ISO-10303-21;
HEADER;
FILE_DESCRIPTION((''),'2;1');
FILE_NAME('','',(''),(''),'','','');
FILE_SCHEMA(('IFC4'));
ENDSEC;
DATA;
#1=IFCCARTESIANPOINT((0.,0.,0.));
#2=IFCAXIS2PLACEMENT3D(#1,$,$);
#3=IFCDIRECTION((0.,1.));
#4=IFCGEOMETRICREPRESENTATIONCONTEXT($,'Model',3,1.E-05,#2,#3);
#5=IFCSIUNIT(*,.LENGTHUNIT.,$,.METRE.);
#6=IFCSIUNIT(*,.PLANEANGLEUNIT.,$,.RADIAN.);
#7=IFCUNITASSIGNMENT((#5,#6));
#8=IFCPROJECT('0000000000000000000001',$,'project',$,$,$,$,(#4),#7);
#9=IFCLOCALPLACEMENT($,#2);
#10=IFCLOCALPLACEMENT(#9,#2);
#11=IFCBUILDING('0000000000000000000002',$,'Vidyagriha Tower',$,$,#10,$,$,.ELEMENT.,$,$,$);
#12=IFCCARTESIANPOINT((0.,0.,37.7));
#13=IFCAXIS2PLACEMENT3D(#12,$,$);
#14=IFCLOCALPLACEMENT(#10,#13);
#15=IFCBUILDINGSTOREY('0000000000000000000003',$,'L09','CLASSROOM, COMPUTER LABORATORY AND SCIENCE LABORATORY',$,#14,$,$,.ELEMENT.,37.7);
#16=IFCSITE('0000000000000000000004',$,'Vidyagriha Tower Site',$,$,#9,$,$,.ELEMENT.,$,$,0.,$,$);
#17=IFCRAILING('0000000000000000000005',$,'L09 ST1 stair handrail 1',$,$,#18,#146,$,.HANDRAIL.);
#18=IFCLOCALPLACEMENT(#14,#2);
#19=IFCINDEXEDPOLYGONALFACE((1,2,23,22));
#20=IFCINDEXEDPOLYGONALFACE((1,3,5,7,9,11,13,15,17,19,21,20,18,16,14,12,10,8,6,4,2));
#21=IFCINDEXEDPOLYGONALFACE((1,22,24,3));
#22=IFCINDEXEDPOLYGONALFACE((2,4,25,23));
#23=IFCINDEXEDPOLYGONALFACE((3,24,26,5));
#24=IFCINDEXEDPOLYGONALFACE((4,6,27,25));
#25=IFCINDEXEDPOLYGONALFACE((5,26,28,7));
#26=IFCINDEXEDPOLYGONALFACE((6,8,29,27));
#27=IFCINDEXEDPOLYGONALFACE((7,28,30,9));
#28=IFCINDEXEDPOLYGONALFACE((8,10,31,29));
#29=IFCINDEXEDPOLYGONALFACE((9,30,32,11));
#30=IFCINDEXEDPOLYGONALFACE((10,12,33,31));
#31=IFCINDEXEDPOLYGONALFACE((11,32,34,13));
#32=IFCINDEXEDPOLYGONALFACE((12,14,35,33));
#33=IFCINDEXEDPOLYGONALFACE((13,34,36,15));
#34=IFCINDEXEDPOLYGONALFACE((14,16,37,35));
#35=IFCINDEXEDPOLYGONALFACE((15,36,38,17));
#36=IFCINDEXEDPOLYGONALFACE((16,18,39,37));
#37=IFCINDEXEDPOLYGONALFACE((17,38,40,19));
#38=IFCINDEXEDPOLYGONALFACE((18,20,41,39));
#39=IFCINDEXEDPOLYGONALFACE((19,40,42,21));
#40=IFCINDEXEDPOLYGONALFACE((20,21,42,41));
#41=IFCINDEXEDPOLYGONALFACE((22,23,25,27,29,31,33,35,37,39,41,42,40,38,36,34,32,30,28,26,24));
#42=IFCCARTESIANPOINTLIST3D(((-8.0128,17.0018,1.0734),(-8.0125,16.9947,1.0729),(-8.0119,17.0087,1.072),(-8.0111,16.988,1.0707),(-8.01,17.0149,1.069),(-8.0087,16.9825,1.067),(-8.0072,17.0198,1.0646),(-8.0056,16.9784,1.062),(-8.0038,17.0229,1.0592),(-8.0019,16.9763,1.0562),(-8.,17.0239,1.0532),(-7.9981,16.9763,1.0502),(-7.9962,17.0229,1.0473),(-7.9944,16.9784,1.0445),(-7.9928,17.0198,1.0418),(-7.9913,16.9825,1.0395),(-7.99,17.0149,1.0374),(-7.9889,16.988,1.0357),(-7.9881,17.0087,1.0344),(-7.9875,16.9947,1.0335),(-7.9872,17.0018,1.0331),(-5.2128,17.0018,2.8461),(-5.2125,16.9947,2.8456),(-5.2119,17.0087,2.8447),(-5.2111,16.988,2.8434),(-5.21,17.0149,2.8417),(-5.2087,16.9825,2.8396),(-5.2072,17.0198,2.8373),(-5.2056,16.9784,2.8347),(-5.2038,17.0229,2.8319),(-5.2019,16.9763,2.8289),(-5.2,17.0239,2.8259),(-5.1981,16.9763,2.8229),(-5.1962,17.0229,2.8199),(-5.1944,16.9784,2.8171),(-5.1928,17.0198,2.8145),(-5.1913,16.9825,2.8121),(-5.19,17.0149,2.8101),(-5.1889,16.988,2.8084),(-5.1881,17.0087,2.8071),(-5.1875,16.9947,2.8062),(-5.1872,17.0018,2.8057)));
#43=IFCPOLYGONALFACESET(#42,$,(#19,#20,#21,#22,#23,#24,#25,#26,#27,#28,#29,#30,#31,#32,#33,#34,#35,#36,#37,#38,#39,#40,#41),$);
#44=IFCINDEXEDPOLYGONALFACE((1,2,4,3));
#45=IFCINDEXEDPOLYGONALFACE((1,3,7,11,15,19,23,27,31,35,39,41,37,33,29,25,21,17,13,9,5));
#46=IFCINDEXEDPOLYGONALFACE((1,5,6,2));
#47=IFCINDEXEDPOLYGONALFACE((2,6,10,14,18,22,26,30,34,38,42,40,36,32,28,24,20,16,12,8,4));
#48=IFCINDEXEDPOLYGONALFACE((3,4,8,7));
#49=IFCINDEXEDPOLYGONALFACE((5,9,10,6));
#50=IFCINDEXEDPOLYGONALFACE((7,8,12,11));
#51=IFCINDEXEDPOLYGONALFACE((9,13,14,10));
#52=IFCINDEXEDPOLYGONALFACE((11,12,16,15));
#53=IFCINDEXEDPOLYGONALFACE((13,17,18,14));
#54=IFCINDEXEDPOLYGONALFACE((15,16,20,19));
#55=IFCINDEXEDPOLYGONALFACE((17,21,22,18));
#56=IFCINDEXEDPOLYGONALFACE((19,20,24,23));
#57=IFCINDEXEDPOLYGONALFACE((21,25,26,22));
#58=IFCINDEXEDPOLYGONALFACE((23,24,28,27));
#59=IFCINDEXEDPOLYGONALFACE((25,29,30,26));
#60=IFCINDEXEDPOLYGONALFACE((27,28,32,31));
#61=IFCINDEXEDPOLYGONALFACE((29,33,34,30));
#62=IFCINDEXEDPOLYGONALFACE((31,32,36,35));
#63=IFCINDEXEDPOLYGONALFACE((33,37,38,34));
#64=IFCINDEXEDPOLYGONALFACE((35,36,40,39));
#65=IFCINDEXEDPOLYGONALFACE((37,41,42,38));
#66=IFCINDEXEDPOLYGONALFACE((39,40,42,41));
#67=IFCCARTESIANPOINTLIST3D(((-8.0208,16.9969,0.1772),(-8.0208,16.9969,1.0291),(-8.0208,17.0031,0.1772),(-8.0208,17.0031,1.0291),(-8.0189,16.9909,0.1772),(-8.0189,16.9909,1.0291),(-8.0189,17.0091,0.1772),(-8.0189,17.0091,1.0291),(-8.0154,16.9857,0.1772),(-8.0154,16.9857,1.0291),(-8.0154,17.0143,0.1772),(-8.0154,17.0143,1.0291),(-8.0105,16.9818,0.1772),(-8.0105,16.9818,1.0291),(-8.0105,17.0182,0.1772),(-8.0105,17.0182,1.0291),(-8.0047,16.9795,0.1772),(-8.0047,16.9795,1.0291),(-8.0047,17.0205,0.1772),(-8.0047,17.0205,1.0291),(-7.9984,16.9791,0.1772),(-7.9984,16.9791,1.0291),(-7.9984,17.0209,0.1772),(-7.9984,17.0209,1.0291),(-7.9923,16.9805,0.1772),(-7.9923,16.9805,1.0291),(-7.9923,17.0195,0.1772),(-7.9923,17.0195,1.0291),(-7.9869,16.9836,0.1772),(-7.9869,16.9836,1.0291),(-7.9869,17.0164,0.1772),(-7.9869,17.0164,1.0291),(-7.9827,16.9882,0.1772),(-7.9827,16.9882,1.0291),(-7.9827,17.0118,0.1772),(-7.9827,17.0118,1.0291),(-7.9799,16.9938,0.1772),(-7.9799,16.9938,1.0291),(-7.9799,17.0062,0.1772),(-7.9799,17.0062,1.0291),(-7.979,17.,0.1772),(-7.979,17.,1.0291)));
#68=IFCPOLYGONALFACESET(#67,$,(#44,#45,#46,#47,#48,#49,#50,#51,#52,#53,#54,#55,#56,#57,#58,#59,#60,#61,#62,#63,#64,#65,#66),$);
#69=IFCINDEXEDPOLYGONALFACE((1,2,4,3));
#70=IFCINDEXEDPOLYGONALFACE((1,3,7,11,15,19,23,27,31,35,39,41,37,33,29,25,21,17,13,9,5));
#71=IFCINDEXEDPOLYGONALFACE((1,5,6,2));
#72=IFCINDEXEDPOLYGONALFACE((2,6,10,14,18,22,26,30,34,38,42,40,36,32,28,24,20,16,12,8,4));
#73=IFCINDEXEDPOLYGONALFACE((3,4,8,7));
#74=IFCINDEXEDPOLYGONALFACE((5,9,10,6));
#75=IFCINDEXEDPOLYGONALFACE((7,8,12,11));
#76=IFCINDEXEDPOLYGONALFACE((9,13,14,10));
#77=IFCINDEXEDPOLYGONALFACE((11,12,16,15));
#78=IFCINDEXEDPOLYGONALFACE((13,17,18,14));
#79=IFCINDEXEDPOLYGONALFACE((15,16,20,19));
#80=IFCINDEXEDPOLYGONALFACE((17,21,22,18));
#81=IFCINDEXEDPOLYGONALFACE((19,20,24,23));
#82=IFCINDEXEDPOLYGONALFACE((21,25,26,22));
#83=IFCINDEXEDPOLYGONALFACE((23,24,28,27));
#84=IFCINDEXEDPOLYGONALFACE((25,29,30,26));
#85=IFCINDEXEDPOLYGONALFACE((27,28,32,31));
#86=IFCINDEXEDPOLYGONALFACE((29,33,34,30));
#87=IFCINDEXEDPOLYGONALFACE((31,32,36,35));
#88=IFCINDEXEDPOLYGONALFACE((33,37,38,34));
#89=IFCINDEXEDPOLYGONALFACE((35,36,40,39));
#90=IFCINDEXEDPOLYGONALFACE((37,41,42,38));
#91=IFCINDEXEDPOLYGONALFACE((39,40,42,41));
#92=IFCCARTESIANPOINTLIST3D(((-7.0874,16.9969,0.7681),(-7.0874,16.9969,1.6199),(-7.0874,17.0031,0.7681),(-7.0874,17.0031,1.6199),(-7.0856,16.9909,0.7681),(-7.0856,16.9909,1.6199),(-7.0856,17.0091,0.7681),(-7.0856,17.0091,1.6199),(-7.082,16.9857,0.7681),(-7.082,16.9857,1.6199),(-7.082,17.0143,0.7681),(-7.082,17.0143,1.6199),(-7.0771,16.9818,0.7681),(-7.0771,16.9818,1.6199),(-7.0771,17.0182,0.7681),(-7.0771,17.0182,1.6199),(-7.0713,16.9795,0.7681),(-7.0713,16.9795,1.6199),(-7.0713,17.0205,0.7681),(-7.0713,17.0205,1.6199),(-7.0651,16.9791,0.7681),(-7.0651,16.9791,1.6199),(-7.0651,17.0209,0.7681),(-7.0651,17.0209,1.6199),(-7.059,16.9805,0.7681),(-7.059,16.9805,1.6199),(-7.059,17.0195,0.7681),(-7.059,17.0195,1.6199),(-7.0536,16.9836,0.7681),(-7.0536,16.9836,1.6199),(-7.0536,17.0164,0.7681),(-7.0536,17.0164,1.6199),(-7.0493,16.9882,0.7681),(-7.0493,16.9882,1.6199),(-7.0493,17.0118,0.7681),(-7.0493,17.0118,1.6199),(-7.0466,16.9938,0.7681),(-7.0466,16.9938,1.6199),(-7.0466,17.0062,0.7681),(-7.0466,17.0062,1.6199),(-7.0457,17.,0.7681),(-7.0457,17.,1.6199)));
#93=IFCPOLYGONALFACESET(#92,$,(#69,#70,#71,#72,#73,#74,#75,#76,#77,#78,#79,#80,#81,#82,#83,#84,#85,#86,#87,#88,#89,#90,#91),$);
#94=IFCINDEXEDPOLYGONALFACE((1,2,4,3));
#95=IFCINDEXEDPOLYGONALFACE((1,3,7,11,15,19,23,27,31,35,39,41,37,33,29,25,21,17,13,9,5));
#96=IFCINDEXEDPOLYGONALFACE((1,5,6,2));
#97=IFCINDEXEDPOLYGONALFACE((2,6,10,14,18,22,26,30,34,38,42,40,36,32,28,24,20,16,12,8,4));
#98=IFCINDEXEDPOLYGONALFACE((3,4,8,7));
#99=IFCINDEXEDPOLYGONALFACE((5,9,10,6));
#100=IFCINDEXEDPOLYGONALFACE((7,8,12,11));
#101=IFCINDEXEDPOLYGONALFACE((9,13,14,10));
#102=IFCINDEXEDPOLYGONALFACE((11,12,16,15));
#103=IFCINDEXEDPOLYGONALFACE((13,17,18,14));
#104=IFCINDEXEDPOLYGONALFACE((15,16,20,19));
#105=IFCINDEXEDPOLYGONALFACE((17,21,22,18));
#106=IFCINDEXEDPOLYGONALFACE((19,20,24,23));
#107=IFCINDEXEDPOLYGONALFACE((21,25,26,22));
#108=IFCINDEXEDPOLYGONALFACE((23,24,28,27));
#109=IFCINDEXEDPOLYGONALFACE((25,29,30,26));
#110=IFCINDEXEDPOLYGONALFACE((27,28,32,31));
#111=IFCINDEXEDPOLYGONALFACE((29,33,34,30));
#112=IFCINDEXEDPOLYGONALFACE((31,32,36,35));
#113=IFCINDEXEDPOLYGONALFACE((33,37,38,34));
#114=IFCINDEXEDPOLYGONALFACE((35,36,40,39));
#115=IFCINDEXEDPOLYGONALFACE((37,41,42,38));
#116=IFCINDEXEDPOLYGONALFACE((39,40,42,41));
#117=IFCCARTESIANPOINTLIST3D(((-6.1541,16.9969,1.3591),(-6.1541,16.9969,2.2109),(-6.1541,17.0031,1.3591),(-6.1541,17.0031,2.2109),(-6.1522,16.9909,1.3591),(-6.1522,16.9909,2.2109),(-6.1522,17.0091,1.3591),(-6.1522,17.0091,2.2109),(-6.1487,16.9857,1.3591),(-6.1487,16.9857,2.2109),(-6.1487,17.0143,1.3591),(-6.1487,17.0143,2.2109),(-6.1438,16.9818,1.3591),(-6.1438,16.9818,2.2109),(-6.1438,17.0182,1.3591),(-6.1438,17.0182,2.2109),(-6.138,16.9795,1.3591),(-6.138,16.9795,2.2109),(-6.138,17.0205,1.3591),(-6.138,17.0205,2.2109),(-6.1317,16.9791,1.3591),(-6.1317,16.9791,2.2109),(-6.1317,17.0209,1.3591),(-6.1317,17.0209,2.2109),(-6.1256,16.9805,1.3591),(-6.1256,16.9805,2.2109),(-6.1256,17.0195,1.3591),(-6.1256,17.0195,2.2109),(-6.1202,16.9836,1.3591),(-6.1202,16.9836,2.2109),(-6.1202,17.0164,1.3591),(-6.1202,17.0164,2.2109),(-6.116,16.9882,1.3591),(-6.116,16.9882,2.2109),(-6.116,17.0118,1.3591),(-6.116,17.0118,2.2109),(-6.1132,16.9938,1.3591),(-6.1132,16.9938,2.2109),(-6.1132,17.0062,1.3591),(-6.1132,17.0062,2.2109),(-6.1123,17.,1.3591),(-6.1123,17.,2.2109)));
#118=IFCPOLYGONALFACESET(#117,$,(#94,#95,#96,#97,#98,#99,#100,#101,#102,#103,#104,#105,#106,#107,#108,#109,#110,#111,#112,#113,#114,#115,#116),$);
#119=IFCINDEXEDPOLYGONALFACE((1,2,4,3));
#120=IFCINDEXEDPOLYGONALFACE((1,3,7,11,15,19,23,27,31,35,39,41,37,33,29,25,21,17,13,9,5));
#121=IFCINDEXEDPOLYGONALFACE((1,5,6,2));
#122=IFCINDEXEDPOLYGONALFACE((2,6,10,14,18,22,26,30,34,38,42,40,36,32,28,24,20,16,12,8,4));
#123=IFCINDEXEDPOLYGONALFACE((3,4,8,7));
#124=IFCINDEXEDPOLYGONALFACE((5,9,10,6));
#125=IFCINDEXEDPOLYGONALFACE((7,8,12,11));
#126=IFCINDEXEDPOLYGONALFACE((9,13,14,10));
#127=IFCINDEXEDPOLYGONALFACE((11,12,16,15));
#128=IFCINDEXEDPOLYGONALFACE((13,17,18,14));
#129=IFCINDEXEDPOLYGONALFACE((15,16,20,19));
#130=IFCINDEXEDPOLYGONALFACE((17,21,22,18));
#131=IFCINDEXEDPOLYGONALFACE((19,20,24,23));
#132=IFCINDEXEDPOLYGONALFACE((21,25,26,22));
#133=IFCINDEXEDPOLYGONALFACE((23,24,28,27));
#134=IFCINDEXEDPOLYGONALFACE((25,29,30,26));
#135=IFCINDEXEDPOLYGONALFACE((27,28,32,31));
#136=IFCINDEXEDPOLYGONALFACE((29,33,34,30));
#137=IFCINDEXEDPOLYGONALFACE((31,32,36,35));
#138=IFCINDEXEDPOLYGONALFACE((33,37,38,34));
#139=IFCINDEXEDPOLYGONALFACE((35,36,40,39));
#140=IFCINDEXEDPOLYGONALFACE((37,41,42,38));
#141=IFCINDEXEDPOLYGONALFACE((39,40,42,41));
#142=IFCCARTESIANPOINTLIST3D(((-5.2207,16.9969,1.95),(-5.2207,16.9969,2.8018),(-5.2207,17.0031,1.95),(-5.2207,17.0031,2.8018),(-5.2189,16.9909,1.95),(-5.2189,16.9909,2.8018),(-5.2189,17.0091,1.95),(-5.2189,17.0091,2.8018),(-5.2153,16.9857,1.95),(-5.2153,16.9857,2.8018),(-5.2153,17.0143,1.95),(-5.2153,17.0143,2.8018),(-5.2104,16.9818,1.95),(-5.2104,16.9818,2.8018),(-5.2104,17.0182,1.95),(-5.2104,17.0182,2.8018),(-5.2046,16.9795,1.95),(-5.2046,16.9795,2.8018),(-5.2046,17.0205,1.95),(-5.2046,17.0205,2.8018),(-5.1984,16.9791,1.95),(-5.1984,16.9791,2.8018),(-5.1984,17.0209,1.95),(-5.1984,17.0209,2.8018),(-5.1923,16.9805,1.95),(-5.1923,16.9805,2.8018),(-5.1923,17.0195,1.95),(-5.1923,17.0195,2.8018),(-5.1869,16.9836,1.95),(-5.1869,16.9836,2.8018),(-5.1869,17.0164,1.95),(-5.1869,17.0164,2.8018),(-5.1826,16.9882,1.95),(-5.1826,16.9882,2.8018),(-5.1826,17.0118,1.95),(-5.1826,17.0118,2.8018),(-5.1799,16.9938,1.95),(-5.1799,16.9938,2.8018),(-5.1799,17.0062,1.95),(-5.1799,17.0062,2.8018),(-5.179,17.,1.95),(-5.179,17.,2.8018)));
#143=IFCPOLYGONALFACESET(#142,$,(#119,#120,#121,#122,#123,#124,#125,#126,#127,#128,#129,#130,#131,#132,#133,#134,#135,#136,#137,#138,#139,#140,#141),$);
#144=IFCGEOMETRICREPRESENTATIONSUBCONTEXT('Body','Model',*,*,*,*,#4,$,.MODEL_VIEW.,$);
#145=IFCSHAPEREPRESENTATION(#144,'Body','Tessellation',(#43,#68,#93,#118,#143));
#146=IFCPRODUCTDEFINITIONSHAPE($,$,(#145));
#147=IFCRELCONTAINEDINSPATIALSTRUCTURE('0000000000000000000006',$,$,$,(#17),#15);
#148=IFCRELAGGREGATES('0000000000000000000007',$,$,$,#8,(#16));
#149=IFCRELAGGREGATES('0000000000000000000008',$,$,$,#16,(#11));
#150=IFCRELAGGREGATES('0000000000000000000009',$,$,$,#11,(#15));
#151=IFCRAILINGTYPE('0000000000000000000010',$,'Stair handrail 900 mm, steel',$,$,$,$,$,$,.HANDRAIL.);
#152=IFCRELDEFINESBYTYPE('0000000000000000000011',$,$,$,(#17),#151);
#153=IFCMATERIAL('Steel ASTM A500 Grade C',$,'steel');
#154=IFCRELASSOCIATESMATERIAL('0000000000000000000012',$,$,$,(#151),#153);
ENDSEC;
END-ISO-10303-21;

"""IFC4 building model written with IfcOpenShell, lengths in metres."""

from ifc_helpers import new_model, si_unit, direction, frame, origin, origin_2d, place, context, subcontext, project, spatial, circle, extrude, material, type_object, element, save


model = new_model("IFC4")

# Units and contexts
model_context = context("Model", 3, precision=1e-05, world=origin(), true_north=direction((0.0, 1.0)))
body_context = subcontext(model_context, "Body", "Model", "MODEL_VIEW")
ifc_project = project(units=[si_unit("LENGTHUNIT", "METRE"), si_unit("PLANEANGLEUNIT", "RADIAN")], contexts=[model_context])

# Site, building, storey
site_placement = place(None, origin())
site = spatial("IfcSite", under=ifc_project, at=site_placement, Name="Vidyagriha Tower Site", CompositionType="ELEMENT", RefElevation=0.0)
building_placement = place(site_placement, origin())
building = spatial("IfcBuilding", under=site, at=building_placement, Name="Vidyagriha Tower", CompositionType="ELEMENT")
storey_placement = place(building_placement, frame((0.0, 0.0, 37.7)))
storey = spatial("IfcBuildingStorey", under=building, at=storey_placement, Name="L09", Description="CLASSROOM, COMPUTER LABORATORY AND SCIENCE LABORATORY", CompositionType="ELEMENT", Elevation=37.7)

# Railing
ifc_material_1 = material(Name="Steel ASTM A500 Grade C", Category="steel")
railing_type_1 = type_object("IfcRailingType", Name="Stair handrail 900 mm, steel", PredefinedType="HANDRAIL", material=ifc_material_1)
railing_1_placement = place(storey_placement, frame((-8.0, 17.0, 0.1772)))
element("IfcRailing", 1, at=railing_1_placement, inside=storey, type_object=railing_type_1, Name="L09 ST1 stair handrail 1", PredefinedType="HANDRAIL", context=body_context, shape_type="SweptSolid", body=[
    extrude(circle(Radius=0.0239, at=origin_2d()), frame((0.0, 0.0, 0.876), z_axis=(0.844909, 0.0, 0.53491), x_axis=(0.0, 1.0, 0.0)), (0.0, 0.0, 1.0), 3.314),
    extrude(circle(Radius=0.021, at=origin_2d()), origin(), (0.0, 0.0, 1.0), 0.8518),
    extrude(circle(Radius=0.021, at=origin_2d()), frame((0.9333, 0.0, 0.5908)), (0.0, 0.0, 1.0), 0.8518),
    extrude(circle(Radius=0.021, at=origin_2d()), frame((1.8667, 0.0, 1.1819)), (0.0, 0.0, 1.0), 0.8518),
    extrude(circle(Radius=0.021, at=origin_2d()), frame((2.8, 0.0, 1.7727)), (0.0, 0.0, 1.0), 0.8518),
])

save(model, "model.ifc")
